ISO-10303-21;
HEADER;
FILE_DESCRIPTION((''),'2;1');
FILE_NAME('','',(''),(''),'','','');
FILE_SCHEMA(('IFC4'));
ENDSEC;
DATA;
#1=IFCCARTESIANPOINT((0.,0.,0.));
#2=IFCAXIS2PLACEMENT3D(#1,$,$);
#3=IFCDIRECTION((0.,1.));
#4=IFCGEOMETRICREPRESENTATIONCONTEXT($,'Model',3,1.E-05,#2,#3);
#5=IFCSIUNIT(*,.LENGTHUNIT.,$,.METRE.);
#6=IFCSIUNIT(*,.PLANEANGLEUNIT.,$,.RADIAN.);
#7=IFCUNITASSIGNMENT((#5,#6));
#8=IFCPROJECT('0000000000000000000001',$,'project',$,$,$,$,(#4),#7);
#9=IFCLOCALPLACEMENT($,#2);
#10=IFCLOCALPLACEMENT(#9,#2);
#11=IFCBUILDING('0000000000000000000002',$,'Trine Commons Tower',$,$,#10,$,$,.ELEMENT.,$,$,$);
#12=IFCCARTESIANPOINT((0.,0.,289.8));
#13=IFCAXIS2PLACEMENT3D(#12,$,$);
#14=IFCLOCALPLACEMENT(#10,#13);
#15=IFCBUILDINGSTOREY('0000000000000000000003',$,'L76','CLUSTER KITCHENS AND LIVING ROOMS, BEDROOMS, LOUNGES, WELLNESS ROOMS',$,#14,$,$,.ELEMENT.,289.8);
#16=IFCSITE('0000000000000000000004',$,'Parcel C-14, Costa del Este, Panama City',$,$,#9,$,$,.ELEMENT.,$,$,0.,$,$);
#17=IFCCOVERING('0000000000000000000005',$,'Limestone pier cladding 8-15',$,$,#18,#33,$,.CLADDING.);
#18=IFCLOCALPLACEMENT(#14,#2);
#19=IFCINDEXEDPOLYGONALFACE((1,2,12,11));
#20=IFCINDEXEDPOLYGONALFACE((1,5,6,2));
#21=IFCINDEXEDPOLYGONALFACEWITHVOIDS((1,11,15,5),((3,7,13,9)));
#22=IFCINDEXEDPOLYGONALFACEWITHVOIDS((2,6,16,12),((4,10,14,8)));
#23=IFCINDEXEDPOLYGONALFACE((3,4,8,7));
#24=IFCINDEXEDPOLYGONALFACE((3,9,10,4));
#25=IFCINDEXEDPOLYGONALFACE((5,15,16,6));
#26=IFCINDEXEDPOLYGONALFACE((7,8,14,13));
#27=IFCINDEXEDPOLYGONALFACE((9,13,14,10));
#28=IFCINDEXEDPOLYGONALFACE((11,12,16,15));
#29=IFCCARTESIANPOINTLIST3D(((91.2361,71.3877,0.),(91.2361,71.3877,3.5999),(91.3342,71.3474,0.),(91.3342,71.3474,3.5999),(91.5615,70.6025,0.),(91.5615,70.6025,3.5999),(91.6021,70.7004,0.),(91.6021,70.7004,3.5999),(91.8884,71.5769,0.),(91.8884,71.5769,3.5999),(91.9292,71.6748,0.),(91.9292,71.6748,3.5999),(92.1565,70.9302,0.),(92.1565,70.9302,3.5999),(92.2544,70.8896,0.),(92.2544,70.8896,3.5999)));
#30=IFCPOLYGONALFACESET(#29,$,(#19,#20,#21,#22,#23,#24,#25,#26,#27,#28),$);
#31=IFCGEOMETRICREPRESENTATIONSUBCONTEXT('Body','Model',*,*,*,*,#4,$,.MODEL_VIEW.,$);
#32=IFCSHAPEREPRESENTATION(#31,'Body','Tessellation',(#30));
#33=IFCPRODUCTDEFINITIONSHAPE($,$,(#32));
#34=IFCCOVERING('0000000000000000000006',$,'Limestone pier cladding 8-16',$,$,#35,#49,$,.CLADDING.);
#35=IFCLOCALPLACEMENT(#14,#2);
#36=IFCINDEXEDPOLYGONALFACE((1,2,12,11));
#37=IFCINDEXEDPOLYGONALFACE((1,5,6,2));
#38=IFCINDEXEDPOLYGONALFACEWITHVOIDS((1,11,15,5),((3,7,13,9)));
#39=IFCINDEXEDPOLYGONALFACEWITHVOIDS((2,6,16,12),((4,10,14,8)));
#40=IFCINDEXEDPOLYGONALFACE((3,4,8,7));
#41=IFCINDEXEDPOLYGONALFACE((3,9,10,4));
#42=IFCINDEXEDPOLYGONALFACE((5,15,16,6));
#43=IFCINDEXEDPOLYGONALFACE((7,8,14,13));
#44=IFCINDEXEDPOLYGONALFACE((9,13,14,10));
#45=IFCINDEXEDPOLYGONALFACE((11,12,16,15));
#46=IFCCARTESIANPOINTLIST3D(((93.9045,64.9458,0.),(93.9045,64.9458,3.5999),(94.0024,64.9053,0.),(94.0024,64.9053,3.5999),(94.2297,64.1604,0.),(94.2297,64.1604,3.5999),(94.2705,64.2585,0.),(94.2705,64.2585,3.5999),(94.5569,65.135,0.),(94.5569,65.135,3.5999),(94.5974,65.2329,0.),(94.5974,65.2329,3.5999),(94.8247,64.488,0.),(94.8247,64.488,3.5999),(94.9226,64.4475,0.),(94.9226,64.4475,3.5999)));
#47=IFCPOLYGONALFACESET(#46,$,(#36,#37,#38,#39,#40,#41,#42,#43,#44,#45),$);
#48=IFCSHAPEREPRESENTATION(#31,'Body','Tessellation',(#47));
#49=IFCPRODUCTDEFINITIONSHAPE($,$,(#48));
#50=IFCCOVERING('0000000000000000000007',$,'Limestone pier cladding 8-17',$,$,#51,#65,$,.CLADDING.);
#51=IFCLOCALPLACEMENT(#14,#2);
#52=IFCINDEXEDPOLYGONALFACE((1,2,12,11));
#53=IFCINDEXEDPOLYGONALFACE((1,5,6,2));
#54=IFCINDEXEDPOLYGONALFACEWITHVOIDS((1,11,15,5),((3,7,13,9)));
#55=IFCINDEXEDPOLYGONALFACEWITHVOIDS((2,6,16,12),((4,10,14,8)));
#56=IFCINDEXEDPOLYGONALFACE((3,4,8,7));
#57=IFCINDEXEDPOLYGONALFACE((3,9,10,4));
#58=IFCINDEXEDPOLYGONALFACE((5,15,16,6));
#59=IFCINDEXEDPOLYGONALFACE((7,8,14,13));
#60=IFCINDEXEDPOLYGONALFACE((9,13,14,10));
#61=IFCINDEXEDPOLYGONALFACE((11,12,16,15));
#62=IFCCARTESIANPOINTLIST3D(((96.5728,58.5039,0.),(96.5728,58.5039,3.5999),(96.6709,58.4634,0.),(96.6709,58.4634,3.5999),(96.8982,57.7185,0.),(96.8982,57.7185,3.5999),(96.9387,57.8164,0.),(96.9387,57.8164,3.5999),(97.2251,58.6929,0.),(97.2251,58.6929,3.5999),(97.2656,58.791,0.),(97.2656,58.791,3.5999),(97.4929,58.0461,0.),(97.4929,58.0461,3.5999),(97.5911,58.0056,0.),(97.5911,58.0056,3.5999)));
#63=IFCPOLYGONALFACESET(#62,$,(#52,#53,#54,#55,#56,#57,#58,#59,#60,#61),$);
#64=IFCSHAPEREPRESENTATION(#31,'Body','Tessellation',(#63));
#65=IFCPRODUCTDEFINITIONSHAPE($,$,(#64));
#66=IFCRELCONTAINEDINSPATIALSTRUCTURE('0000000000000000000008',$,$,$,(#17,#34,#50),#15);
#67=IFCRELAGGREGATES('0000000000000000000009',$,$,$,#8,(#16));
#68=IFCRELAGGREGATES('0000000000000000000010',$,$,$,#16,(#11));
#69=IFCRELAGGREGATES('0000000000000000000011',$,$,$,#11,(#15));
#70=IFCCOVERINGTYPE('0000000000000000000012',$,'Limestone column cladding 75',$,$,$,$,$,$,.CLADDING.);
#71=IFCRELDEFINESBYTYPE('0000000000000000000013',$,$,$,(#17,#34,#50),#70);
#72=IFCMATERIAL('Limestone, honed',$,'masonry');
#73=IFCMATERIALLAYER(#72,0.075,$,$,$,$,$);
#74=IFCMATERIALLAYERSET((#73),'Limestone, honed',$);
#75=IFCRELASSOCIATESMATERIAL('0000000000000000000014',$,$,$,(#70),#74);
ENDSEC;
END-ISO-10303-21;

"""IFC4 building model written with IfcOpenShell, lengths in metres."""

from ifc_helpers import new_model, si_unit, direction, frame, origin, place, context, subcontext, project, spatial, polyline, outline, extrude, material, layer, layer_set, type_object, element, save


model = new_model("IFC4")

# Units and contexts
model_context = context("Model", 3, precision=1e-05, world=origin(), true_north=direction((0.0, 1.0)))
body_context = subcontext(model_context, "Body", "Model", "MODEL_VIEW")
ifc_project = project(units=[si_unit("LENGTHUNIT", "METRE"), si_unit("PLANEANGLEUNIT", "RADIAN")], contexts=[model_context])

# Site, building, storey
site_placement = place(None, origin())
site = spatial("IfcSite", under=ifc_project, at=site_placement, Name="Parcel C-14, Costa del Este, Panama City", CompositionType="ELEMENT", RefElevation=0.0)
building_placement = place(site_placement, origin())
building = spatial("IfcBuilding", under=site, at=building_placement, Name="Trine Commons Tower", CompositionType="ELEMENT")
storey_placement = place(building_placement, frame((0.0, 0.0, 289.8)))
storey = spatial("IfcBuildingStorey", under=building, at=storey_placement, Name="L76", Description="CLUSTER KITCHENS AND LIVING ROOMS, BEDROOMS, LOUNGES, WELLNESS ROOMS", CompositionType="ELEMENT", Elevation=289.8)

# Coverings
ifc_material_1 = material(Name="Limestone, honed", Category="masonry")
ifc_layer_1 = layer(ifc_material_1, 0.075)
ifc_layer_set_1 = layer_set([ifc_layer_1], Name="Limestone, honed")
covering_type_1 = type_object("IfcCoveringType", Name="Limestone column cladding 75", PredefinedType="CLADDING", material=ifc_layer_set_1)
covering_1_placement = place(storey_placement, origin())
element("IfcCovering", 1, at=covering_1_placement, inside=storey, type_object=covering_type_1, Name="Limestone pier cladding 8-15", PredefinedType="CLADDING", context=body_context, shape_type="SweptSolid", body=[
    extrude(outline(polyline([(91.9292, 71.6748), (91.2361, 71.3877), (91.5615, 70.6025), (92.2544, 70.8896), (91.9292, 71.6748)]), holes=[polyline([(91.8884, 71.5769), (91.3342, 71.3474), (91.6021, 70.7004), (92.1565, 70.9302), (91.8884, 71.5769)])]), origin(), (0.0, 0.0, 1.0), 3.5999),
])
covering_2_placement = place(storey_placement, origin())
element("IfcCovering", 2, at=covering_2_placement, inside=storey, type_object=covering_type_1, Name="Limestone pier cladding 8-16", PredefinedType="CLADDING", context=body_context, shape_type="SweptSolid", body=[
    extrude(outline(polyline([(94.5974, 65.2329), (93.9045, 64.9458), (94.2297, 64.1604), (94.9226, 64.4475), (94.5974, 65.2329)]), holes=[polyline([(94.5569, 65.135), (94.0024, 64.9053), (94.2705, 64.2585), (94.8247, 64.488), (94.5569, 65.135)])]), origin(), (0.0, 0.0, 1.0), 3.5999),
])
covering_3_placement = place(storey_placement, origin())
element("IfcCovering", 3, at=covering_3_placement, inside=storey, type_object=covering_type_1, Name="Limestone pier cladding 8-17", PredefinedType="CLADDING", context=body_context, shape_type="SweptSolid", body=[
    extrude(outline(polyline([(97.2656, 58.791), (96.5728, 58.5039), (96.8982, 57.7185), (97.5911, 58.0056), (97.2656, 58.791)]), holes=[polyline([(97.2251, 58.6929), (96.6709, 58.4634), (96.9387, 57.8164), (97.4929, 58.0461), (97.2251, 58.6929)])]), origin(), (0.0, 0.0, 1.0), 3.5999),
])

save(model, "model.ifc")
